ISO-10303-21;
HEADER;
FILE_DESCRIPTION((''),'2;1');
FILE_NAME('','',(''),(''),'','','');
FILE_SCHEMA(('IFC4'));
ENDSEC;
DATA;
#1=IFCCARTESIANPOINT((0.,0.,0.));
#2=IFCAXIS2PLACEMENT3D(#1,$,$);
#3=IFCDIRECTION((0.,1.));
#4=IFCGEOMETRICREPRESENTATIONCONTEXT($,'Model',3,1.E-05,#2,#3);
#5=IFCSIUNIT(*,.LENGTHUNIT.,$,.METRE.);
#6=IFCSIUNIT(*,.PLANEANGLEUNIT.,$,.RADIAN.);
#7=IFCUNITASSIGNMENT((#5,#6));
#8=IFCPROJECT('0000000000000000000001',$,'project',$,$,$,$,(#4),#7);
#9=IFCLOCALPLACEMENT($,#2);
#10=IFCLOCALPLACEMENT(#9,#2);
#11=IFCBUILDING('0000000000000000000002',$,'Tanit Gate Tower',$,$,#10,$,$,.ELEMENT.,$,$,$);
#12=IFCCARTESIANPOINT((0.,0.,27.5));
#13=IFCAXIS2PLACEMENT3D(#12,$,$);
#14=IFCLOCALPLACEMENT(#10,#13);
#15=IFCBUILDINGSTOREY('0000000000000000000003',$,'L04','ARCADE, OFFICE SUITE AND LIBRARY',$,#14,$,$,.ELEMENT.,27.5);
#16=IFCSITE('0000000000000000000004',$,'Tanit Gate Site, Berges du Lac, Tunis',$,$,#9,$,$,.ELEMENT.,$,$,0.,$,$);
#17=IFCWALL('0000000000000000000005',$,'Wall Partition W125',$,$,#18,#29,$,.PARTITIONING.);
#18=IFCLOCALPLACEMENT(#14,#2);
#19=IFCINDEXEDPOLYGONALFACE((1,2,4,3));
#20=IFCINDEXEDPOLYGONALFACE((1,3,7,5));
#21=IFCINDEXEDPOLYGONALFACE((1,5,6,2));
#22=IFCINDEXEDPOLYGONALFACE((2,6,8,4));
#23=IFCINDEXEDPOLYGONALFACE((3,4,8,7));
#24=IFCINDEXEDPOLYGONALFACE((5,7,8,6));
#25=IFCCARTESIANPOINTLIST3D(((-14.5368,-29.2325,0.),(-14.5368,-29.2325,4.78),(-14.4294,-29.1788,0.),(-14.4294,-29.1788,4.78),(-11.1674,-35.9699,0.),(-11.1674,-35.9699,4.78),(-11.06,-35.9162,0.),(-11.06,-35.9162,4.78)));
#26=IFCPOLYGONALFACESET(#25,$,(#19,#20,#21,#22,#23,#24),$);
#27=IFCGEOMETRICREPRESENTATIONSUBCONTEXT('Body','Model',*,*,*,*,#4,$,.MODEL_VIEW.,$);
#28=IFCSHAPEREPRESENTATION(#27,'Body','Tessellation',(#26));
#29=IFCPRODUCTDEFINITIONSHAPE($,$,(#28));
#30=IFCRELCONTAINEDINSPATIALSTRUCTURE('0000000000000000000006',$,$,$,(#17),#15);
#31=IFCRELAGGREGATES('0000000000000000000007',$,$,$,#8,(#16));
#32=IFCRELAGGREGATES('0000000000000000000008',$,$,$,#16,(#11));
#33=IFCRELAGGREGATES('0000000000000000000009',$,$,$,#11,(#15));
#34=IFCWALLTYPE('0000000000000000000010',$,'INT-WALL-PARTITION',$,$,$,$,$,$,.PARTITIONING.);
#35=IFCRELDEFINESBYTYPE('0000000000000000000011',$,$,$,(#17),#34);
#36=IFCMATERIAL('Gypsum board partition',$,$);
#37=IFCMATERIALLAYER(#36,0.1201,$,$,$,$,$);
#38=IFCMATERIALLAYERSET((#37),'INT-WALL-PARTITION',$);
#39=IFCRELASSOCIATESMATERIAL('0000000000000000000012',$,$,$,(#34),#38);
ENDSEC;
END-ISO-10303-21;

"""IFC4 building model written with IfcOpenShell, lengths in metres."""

from ifc_helpers import new_model, si_unit, direction, frame, frame_2d, origin, place, context, subcontext, project, spatial, rectangle, extrude, material, layer, layer_set, type_object, element, save


model = new_model("IFC4")

# Units and contexts
model_context = context("Model", 3, precision=1e-05, world=origin(), true_north=direction((0.0, 1.0)))
body_context = subcontext(model_context, "Body", "Model", "MODEL_VIEW")
ifc_project = project(units=[si_unit("LENGTHUNIT", "METRE"), si_unit("PLANEANGLEUNIT", "RADIAN")], contexts=[model_context])

# Site, building, storey
site_placement = place(None, origin())
site = spatial("IfcSite", under=ifc_project, at=site_placement, Name="Tanit Gate Site, Berges du Lac, Tunis", CompositionType="ELEMENT", RefElevation=0.0)
building_placement = place(site_placement, origin())
building = spatial("IfcBuilding", under=site, at=building_placement, Name="Tanit Gate Tower", CompositionType="ELEMENT")
storey_placement = place(building_placement, frame((0.0, 0.0, 27.5)))
storey = spatial("IfcBuildingStorey", under=building, at=storey_placement, Name="L04", Description="ARCADE, OFFICE SUITE AND LIBRARY", CompositionType="ELEMENT", Elevation=27.5)

# Shared definitions
ifc_material_1 = material(Name="Gypsum board partition")
ifc_layer_1 = layer(ifc_material_1, 0.1201)
ifc_layer_set_1 = layer_set([ifc_layer_1], Name="INT-WALL-PARTITION")
wall_type_1 = type_object("IfcWallType", Name="INT-WALL-PARTITION", PredefinedType="PARTITIONING", material=ifc_layer_set_1)

# Wall
wall_1_placement = place(storey_placement, frame((-14.4832, -29.2056, 0.0), z_axis=(0.0, 0.0, 1.0), x_axis=(0.447291, -0.894388, 0.0)))
element("IfcWall", 1, at=wall_1_placement, inside=storey, type_object=wall_type_1, Name="Wall Partition W125", PredefinedType="PARTITIONING", context=body_context, shape_type="SweptSolid", body=[
    extrude(rectangle(XDim=7.533, YDim=0.1201, at=frame_2d((3.7666, 0.0))), origin(), (0.0, 0.0, 1.0), 4.78),
])

save(model, "model.ifc")
